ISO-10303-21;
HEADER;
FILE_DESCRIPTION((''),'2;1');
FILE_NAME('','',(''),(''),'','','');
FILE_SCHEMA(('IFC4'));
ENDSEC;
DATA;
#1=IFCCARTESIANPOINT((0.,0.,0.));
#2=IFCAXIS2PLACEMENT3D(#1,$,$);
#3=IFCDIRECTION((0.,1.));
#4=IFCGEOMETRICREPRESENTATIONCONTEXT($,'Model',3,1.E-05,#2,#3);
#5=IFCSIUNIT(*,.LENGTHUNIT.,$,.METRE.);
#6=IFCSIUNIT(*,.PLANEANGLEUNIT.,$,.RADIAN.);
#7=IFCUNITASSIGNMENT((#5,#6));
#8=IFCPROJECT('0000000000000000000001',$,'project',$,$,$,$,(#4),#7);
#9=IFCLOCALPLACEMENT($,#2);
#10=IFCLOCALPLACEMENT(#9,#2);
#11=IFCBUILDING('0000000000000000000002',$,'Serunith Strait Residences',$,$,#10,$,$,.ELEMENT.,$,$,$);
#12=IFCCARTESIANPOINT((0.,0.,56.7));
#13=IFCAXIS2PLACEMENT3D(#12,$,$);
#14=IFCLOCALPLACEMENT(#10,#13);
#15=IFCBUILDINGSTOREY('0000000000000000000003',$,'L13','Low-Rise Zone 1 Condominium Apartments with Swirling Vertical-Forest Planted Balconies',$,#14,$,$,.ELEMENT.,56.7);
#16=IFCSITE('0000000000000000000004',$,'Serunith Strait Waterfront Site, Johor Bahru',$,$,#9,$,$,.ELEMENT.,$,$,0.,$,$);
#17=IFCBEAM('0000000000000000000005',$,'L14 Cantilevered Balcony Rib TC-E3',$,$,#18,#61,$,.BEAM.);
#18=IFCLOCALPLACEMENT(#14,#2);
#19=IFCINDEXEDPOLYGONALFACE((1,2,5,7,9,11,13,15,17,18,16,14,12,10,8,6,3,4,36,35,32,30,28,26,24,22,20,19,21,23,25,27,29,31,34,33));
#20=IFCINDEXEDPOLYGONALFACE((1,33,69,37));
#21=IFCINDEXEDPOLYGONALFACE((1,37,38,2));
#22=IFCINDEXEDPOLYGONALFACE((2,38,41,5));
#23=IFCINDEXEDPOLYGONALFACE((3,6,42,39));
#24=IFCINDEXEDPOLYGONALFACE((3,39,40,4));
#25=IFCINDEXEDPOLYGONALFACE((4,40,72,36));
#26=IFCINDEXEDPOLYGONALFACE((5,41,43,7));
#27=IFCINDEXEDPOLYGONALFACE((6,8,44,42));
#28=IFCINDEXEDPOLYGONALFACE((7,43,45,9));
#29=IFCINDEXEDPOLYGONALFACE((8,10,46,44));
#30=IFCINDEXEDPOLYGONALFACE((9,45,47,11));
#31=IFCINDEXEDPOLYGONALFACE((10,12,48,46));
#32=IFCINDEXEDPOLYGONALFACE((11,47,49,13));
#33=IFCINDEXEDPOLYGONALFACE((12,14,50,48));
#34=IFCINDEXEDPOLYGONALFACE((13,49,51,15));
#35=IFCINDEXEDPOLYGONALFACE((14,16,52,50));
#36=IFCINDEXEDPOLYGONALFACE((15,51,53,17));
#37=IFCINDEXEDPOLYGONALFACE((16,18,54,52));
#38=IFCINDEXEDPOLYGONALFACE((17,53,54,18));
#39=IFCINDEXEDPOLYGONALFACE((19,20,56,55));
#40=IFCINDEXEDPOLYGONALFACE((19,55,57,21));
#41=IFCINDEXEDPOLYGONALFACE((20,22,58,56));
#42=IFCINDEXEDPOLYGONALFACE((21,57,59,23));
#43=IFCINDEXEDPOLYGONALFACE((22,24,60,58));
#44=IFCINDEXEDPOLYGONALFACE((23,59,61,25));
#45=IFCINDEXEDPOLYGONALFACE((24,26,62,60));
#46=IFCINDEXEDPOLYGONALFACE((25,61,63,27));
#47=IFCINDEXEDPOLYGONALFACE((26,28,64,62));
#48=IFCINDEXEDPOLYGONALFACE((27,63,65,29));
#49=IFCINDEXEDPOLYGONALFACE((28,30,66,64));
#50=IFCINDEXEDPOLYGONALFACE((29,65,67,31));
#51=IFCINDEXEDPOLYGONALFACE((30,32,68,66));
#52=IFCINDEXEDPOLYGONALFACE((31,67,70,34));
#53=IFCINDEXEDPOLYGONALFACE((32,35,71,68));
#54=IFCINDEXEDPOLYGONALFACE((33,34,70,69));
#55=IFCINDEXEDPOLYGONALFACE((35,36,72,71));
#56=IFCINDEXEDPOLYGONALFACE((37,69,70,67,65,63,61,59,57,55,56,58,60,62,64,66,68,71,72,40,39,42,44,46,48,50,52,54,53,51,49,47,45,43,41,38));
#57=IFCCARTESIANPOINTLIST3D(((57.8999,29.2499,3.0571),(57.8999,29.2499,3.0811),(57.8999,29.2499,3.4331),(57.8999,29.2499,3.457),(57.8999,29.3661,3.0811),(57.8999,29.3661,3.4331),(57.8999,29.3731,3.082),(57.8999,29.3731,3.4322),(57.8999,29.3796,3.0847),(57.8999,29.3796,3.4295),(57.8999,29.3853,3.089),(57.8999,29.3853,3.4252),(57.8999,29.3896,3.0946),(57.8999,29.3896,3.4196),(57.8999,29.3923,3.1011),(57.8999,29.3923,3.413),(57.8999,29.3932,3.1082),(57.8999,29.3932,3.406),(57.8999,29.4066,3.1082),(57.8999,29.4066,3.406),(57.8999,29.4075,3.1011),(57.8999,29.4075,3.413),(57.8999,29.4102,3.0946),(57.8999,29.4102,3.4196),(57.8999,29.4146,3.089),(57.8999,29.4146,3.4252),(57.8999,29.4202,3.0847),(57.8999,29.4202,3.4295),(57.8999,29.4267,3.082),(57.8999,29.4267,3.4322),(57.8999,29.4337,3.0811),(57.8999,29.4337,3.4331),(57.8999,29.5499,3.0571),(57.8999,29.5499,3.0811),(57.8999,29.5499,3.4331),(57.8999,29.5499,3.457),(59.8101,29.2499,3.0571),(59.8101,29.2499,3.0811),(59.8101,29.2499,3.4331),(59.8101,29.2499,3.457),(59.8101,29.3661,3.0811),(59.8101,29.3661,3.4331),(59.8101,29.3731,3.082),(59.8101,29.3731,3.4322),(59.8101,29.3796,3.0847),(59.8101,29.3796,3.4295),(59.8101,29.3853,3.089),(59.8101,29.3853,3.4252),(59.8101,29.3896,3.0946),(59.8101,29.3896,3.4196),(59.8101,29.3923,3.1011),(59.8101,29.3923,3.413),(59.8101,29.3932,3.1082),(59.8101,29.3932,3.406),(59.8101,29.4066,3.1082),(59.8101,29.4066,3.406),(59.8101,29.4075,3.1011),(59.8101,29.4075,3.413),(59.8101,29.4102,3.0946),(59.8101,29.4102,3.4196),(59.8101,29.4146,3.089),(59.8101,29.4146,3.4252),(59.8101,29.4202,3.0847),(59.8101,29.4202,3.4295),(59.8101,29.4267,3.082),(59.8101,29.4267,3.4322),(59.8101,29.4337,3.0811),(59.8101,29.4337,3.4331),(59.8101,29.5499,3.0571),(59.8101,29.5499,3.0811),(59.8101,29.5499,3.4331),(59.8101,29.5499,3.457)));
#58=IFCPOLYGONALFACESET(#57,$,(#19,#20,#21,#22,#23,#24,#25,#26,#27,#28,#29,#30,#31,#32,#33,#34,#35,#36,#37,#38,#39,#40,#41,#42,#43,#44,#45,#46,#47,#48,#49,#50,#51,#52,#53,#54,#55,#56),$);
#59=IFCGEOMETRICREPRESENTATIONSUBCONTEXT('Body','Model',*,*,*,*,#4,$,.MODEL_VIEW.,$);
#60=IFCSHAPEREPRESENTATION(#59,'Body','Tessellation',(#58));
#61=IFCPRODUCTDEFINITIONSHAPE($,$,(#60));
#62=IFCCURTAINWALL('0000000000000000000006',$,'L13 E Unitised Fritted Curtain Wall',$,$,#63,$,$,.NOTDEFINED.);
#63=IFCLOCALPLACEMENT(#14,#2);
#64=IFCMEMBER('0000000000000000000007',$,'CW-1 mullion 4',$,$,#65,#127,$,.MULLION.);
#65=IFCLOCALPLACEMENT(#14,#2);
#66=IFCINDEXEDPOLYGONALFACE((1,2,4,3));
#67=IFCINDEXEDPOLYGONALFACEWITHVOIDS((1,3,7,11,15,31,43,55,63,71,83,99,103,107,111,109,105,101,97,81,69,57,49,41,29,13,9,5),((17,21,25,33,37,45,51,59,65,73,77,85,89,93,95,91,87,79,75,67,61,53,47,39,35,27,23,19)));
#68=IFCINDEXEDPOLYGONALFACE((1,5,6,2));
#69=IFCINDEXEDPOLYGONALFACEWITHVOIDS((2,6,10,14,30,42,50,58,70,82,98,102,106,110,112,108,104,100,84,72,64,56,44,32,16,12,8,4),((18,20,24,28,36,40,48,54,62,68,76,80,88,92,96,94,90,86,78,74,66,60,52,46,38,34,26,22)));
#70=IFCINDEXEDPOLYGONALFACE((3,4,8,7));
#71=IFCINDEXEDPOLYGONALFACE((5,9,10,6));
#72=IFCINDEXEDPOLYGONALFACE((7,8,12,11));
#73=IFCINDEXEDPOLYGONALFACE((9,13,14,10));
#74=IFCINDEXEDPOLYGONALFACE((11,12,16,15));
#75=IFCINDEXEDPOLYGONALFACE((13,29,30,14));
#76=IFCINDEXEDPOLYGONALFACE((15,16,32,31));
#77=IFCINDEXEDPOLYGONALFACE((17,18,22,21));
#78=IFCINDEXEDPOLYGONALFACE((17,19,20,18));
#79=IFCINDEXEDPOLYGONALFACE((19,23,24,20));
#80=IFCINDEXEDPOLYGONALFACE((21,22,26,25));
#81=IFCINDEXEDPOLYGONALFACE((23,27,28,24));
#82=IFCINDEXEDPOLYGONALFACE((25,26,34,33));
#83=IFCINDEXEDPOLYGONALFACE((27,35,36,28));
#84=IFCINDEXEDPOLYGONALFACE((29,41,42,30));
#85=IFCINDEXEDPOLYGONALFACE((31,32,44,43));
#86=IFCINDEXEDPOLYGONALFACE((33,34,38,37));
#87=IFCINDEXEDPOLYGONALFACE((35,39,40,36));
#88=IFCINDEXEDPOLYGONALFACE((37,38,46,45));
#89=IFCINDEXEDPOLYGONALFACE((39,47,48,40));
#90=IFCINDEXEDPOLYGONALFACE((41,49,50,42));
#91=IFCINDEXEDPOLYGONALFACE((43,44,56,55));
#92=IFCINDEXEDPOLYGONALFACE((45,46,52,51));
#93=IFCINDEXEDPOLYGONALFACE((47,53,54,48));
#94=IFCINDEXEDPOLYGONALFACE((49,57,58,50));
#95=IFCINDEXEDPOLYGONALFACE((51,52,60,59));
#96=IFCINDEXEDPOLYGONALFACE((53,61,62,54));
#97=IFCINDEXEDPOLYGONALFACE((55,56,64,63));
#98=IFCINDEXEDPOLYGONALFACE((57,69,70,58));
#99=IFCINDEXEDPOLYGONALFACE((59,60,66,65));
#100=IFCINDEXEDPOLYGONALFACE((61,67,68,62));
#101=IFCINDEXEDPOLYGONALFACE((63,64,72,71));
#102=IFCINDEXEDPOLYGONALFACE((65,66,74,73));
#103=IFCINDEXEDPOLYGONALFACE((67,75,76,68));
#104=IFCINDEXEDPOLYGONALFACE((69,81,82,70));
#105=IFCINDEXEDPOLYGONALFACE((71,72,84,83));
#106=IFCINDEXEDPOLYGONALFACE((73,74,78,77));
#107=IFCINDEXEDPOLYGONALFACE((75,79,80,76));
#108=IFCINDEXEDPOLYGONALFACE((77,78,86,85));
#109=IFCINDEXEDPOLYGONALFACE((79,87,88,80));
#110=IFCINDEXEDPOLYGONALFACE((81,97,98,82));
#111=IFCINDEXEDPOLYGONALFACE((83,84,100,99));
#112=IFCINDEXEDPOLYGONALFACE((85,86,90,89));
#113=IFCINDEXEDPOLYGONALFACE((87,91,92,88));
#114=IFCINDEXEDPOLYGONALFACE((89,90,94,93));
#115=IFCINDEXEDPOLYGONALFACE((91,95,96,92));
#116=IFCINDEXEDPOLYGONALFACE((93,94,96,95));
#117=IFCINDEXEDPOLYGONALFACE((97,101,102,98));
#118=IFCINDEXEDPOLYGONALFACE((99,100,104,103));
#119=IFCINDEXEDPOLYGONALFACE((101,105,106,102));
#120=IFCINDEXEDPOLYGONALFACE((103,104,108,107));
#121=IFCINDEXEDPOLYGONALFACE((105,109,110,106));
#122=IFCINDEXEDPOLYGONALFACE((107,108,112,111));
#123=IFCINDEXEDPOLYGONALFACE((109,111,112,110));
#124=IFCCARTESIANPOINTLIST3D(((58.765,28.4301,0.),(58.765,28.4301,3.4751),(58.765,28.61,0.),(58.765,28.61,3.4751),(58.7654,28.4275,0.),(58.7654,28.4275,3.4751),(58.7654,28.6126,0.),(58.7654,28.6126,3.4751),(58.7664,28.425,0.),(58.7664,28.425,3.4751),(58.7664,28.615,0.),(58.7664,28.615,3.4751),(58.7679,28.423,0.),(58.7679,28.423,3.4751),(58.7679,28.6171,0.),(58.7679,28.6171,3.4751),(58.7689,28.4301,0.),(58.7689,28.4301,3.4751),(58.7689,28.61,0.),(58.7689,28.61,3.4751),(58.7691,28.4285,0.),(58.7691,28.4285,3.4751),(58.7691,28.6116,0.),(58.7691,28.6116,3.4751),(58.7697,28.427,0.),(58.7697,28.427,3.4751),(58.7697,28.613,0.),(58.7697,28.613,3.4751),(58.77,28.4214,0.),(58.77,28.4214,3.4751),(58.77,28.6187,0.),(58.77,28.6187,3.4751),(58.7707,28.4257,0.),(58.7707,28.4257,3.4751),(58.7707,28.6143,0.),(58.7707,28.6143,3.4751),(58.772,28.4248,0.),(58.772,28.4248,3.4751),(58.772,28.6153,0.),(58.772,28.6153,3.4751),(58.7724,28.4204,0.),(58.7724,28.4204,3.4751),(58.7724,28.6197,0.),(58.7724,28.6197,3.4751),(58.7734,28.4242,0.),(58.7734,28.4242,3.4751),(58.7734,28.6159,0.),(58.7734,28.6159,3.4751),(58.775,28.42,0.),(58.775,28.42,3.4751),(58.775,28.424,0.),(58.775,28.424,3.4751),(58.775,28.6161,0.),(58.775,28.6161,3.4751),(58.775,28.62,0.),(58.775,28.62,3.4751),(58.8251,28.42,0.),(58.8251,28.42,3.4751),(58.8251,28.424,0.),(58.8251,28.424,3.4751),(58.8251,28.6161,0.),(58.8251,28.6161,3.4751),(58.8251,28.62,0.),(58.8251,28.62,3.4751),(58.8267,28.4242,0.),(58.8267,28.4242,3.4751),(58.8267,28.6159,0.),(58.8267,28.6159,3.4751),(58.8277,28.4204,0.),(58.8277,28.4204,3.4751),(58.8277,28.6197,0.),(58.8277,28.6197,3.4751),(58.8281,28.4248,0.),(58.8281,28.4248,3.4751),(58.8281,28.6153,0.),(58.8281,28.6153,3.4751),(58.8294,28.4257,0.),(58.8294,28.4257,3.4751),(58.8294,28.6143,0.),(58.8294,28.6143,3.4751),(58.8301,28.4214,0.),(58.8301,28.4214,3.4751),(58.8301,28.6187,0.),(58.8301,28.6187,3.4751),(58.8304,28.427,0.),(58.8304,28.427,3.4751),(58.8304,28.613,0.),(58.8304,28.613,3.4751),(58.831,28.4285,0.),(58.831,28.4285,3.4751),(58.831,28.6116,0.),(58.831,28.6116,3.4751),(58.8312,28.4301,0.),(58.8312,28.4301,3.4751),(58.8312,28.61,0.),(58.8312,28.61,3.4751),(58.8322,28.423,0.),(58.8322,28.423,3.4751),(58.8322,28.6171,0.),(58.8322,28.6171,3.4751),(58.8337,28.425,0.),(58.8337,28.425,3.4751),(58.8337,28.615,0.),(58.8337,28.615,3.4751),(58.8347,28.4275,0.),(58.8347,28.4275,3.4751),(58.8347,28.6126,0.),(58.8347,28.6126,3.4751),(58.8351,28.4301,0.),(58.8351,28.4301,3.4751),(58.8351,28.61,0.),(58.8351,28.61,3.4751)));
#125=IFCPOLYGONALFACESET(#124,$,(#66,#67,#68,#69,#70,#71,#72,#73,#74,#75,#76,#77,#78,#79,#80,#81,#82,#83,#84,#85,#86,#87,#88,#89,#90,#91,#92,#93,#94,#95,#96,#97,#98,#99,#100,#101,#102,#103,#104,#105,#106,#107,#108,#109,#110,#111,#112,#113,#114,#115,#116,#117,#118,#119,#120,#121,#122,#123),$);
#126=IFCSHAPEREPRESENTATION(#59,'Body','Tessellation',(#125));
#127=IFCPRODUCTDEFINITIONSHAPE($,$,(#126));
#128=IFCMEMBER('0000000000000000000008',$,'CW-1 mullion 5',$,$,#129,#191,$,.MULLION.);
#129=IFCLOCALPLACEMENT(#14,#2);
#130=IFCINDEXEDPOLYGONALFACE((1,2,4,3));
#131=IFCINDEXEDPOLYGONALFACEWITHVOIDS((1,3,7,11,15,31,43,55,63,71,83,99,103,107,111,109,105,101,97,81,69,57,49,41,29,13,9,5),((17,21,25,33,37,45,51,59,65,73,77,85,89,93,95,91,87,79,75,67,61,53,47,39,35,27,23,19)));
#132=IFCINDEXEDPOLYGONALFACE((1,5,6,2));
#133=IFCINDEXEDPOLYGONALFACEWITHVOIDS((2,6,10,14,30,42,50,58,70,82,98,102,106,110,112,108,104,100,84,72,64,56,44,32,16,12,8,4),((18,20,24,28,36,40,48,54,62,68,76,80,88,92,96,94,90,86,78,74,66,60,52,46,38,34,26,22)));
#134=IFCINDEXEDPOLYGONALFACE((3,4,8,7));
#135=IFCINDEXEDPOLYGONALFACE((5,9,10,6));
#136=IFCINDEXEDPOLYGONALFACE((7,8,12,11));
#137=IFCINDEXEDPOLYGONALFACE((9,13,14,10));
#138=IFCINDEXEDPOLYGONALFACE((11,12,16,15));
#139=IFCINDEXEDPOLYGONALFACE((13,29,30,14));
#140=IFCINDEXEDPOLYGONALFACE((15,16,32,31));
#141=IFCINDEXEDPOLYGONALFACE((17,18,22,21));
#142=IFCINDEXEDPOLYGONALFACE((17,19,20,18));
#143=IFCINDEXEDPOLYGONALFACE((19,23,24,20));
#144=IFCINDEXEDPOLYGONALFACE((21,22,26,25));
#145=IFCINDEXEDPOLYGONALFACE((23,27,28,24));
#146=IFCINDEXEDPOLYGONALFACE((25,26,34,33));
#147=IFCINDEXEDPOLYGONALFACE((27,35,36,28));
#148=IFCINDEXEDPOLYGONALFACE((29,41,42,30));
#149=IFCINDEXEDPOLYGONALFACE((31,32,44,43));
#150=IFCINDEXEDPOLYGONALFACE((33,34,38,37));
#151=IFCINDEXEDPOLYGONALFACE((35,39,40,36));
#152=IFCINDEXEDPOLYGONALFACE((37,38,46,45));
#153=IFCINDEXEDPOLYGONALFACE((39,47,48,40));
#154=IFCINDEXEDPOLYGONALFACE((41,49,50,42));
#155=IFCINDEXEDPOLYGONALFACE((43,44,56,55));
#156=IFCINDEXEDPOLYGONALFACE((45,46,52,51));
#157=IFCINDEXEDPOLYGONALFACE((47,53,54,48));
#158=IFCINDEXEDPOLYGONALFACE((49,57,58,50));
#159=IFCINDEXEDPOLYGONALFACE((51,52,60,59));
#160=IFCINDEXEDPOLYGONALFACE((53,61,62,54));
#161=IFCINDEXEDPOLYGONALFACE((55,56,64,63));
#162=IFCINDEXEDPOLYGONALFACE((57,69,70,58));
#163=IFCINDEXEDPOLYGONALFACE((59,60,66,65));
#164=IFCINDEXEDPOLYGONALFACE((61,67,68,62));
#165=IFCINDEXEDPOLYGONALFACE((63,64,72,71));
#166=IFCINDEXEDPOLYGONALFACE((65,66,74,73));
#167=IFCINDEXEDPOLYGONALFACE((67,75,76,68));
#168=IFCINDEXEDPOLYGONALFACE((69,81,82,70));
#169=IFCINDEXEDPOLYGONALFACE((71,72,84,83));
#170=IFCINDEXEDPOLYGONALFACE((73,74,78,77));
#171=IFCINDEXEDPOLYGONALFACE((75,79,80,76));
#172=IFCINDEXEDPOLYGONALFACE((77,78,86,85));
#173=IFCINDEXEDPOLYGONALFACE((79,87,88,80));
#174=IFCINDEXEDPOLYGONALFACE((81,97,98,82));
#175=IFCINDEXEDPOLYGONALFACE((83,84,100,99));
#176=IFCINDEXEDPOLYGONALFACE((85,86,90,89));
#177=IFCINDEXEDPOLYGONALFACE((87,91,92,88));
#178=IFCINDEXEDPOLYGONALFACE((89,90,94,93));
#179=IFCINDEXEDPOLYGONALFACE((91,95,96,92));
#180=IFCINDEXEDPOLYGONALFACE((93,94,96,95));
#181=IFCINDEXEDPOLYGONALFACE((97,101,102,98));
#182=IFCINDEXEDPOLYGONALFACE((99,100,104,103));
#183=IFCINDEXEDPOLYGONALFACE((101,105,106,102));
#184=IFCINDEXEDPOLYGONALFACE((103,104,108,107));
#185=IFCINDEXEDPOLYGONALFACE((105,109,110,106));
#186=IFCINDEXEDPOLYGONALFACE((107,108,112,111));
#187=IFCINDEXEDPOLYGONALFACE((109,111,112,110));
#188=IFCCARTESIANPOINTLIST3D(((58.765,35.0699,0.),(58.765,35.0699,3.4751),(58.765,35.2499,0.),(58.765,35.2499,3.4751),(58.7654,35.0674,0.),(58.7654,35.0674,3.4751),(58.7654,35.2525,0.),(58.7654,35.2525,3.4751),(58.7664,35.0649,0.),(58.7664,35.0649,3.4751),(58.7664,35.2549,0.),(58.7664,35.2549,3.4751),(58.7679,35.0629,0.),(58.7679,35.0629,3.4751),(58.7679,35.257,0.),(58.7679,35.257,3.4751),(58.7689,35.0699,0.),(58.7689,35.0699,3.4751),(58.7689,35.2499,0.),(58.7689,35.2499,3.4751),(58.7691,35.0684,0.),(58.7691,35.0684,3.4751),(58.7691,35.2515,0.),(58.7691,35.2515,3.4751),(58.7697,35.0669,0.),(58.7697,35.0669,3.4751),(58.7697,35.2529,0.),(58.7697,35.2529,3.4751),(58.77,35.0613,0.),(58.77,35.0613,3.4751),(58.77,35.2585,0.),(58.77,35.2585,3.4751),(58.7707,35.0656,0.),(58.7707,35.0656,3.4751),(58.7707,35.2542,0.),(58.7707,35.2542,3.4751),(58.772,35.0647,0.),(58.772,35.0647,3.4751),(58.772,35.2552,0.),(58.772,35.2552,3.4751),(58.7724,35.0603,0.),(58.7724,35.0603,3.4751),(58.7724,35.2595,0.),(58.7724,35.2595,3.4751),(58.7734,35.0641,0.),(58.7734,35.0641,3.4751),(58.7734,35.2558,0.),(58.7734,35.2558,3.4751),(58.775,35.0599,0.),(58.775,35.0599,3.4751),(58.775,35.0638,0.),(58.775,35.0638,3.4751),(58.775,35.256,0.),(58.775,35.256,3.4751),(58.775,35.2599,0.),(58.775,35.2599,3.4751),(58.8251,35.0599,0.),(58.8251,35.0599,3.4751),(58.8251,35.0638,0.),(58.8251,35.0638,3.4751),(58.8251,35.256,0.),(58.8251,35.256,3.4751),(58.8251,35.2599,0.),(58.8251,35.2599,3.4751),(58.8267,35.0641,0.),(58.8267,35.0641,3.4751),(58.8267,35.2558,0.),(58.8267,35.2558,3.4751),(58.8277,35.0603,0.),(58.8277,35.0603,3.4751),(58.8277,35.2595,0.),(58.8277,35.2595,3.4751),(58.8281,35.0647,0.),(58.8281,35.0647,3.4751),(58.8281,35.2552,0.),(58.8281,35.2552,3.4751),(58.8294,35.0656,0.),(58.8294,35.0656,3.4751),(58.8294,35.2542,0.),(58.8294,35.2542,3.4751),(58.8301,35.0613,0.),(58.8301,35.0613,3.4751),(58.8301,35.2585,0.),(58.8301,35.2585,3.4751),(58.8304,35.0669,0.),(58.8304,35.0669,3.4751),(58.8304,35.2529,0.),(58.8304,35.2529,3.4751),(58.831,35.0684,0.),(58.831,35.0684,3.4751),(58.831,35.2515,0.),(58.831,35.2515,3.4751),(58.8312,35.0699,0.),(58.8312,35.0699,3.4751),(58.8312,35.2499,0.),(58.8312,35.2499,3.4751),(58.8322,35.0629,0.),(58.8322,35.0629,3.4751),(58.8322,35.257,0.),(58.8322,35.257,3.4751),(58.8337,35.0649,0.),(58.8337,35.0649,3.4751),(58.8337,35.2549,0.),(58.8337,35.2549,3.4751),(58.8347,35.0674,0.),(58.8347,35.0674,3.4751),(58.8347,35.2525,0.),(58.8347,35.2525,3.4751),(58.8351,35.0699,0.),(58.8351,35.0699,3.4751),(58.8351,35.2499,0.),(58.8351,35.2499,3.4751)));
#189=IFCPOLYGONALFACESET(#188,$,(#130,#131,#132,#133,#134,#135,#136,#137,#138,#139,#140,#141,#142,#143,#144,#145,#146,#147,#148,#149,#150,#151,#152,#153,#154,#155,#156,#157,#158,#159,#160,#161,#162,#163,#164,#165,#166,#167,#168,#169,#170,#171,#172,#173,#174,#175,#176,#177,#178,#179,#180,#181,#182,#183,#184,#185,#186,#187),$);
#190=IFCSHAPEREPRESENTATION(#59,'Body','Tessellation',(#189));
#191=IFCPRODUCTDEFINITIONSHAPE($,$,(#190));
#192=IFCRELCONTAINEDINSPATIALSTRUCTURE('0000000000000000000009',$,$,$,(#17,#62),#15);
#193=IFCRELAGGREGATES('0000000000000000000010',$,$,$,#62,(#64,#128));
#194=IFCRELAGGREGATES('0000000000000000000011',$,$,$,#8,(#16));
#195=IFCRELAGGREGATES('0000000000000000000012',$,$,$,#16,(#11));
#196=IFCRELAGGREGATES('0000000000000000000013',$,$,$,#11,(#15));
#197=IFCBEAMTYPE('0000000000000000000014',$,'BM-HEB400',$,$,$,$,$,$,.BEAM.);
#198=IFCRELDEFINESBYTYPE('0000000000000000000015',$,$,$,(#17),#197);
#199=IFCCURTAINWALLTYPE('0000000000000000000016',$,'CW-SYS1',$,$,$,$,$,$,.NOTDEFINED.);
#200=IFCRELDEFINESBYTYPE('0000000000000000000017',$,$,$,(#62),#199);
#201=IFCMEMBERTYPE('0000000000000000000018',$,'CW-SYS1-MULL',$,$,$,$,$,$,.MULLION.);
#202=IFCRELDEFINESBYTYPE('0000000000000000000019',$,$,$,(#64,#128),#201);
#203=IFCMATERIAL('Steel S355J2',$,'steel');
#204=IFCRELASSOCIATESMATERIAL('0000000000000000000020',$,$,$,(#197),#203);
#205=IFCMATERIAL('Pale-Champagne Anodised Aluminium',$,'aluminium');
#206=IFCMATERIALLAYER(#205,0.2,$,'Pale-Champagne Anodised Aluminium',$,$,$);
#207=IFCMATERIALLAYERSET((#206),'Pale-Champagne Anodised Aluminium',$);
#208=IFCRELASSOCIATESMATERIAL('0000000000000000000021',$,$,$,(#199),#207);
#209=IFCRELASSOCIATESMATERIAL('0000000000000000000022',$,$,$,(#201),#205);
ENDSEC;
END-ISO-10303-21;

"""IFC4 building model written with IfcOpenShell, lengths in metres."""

from ifc_helpers import new_model, si_unit, direction, frame, origin, origin_2d, place, context, subcontext, project, spatial, hollow_rectangle, i_section, extrude, source, transform, mapped, material, layer, layer_set, material_profile, profile_set, type_object, element, aggregate, save


model = new_model("IFC4")

# Units and contexts
model_context = context("Model", 3, precision=1e-05, world=origin(), true_north=direction((0.0, 1.0)))
body_context = subcontext(model_context, "Body", "Model", "MODEL_VIEW")
ifc_project = project(units=[si_unit("LENGTHUNIT", "METRE"), si_unit("PLANEANGLEUNIT", "RADIAN")], contexts=[model_context])

# Site, building, storey
site_placement = place(None, origin())
site = spatial("IfcSite", under=ifc_project, at=site_placement, Name="Serunith Strait Waterfront Site, Johor Bahru", CompositionType="ELEMENT", RefElevation=0.0)
building_placement = place(site_placement, origin())
building = spatial("IfcBuilding", under=site, at=building_placement, Name="Serunith Strait Residences", CompositionType="ELEMENT")
storey_placement = place(building_placement, frame((0.0, 0.0, 56.7)))
storey = spatial("IfcBuildingStorey", under=building, at=storey_placement, Name="L13", Description="Low-Rise Zone 1 Condominium Apartments with Swirling Vertical-Forest Planted Balconies", CompositionType="ELEMENT", Elevation=56.7)

# Beam
ifc_material_1 = material(Name="Steel S355J2", Category="steel")
ifc_material_profile_1 = material_profile(ifc_material_1, i_section(OverallWidth=0.3, OverallDepth=0.3999, WebThickness=0.0134, FlangeThickness=0.0239, FilletRadius=0.0271, at=origin_2d()), Name="HEB 400")
ifc_profile_set_1 = profile_set([ifc_material_profile_1], Name="Steel S355J2")
beam_type_1 = type_object("IfcBeamType", Name="BM-HEB400", PredefinedType="BEAM", material=ifc_profile_set_1)
shared_shape_1 = source(origin(), body_context, "Body", "SweptSolid", [
    extrude(i_section(OverallWidth=0.3, OverallDepth=0.3999, WebThickness=0.0134, FlangeThickness=0.0239, FilletRadius=0.0271, at=origin_2d()), origin(), (0.0, 0.0, 1.0), 1.9102),
])
beam_1_placement = place(storey_placement, frame((57.8999, 29.3999, 3.2571), z_axis=(1.0, 0.0, 0.0), x_axis=(0.0, 1.0, 0.0)))
element("IfcBeam", 1, at=beam_1_placement, inside=storey, type_object=beam_type_1, Name="L14 Cantilevered Balcony Rib TC-E3", PredefinedType="BEAM", context=body_context, shape_type="MappedRepresentation", body=[
    mapped(shared_shape_1, transform((0.0, 0.0, 0.0), scale=1.0)),
])

# Curtain wall, members
ifc_material_2 = material(Name="Pale-Champagne Anodised Aluminium", Category="aluminium")
ifc_layer_1 = layer(ifc_material_2, 0.2, Name="Pale-Champagne Anodised Aluminium")
ifc_layer_set_1 = layer_set([ifc_layer_1], Name="Pale-Champagne Anodised Aluminium")
curtain_wall_type = type_object("IfcCurtainWallType", Name="CW-SYS1", PredefinedType="NOTDEFINED", material=ifc_layer_set_1)
curtain_wall_placement = place(storey_placement, origin())
curtain_wall = element("IfcCurtainWall", 2, at=curtain_wall_placement, inside=storey, type_object=curtain_wall_type, Name="L13 E Unitised Fritted Curtain Wall", PredefinedType="NOTDEFINED")
ifc_material_profile_2 = material_profile(ifc_material_2, hollow_rectangle(XDim=0.0701, YDim=0.2, WallThickness=0.0039, InnerFilletRadius=0.0061, OuterFilletRadius=0.01, at=origin_2d()), Name="ALU 200x70x4")
ifc_profile_set_2 = profile_set([ifc_material_profile_2], Name="Pale-Champagne Anodised Aluminium")
member_type_1 = type_object("IfcMemberType", Name="CW-SYS1-MULL", PredefinedType="MULLION", material=ifc_profile_set_2)
shared_shape_2 = source(origin(), body_context, "Body", "SweptSolid", [
    extrude(hollow_rectangle(XDim=0.0701, YDim=0.2, WallThickness=0.0039, InnerFilletRadius=0.0061, OuterFilletRadius=0.01, at=origin_2d()), origin(), (0.0, 0.0, 1.0), 3.4751),
])
member_1_placement = place(storey_placement, frame((58.8, 28.52, 0.0), z_axis=(0.0, 0.0, 1.0), x_axis=(-1.0, 0.0, 0.0)))
member_1 = element("IfcMember", 3, at=member_1_placement, type_object=member_type_1, Name="CW-1 mullion 4", PredefinedType="MULLION", context=body_context, shape_type="MappedRepresentation", body=[
    mapped(shared_shape_2, transform((0.0, 0.0, 0.0), scale=1.0)),
])
member_2_placement = place(storey_placement, frame((58.8, 35.1599, 0.0), z_axis=(0.0, 0.0, 1.0), x_axis=(-1.0, 0.0, 0.0)))
member_2 = element("IfcMember", 4, at=member_2_placement, type_object=member_type_1, Name="CW-1 mullion 5", PredefinedType="MULLION", context=body_context, shape_type="MappedRepresentation", body=[
    mapped(shared_shape_2, transform((0.0, 0.0, 0.0), scale=1.0)),
])
aggregate(curtain_wall, [member_1, member_2])

save(model, "model.ifc")
